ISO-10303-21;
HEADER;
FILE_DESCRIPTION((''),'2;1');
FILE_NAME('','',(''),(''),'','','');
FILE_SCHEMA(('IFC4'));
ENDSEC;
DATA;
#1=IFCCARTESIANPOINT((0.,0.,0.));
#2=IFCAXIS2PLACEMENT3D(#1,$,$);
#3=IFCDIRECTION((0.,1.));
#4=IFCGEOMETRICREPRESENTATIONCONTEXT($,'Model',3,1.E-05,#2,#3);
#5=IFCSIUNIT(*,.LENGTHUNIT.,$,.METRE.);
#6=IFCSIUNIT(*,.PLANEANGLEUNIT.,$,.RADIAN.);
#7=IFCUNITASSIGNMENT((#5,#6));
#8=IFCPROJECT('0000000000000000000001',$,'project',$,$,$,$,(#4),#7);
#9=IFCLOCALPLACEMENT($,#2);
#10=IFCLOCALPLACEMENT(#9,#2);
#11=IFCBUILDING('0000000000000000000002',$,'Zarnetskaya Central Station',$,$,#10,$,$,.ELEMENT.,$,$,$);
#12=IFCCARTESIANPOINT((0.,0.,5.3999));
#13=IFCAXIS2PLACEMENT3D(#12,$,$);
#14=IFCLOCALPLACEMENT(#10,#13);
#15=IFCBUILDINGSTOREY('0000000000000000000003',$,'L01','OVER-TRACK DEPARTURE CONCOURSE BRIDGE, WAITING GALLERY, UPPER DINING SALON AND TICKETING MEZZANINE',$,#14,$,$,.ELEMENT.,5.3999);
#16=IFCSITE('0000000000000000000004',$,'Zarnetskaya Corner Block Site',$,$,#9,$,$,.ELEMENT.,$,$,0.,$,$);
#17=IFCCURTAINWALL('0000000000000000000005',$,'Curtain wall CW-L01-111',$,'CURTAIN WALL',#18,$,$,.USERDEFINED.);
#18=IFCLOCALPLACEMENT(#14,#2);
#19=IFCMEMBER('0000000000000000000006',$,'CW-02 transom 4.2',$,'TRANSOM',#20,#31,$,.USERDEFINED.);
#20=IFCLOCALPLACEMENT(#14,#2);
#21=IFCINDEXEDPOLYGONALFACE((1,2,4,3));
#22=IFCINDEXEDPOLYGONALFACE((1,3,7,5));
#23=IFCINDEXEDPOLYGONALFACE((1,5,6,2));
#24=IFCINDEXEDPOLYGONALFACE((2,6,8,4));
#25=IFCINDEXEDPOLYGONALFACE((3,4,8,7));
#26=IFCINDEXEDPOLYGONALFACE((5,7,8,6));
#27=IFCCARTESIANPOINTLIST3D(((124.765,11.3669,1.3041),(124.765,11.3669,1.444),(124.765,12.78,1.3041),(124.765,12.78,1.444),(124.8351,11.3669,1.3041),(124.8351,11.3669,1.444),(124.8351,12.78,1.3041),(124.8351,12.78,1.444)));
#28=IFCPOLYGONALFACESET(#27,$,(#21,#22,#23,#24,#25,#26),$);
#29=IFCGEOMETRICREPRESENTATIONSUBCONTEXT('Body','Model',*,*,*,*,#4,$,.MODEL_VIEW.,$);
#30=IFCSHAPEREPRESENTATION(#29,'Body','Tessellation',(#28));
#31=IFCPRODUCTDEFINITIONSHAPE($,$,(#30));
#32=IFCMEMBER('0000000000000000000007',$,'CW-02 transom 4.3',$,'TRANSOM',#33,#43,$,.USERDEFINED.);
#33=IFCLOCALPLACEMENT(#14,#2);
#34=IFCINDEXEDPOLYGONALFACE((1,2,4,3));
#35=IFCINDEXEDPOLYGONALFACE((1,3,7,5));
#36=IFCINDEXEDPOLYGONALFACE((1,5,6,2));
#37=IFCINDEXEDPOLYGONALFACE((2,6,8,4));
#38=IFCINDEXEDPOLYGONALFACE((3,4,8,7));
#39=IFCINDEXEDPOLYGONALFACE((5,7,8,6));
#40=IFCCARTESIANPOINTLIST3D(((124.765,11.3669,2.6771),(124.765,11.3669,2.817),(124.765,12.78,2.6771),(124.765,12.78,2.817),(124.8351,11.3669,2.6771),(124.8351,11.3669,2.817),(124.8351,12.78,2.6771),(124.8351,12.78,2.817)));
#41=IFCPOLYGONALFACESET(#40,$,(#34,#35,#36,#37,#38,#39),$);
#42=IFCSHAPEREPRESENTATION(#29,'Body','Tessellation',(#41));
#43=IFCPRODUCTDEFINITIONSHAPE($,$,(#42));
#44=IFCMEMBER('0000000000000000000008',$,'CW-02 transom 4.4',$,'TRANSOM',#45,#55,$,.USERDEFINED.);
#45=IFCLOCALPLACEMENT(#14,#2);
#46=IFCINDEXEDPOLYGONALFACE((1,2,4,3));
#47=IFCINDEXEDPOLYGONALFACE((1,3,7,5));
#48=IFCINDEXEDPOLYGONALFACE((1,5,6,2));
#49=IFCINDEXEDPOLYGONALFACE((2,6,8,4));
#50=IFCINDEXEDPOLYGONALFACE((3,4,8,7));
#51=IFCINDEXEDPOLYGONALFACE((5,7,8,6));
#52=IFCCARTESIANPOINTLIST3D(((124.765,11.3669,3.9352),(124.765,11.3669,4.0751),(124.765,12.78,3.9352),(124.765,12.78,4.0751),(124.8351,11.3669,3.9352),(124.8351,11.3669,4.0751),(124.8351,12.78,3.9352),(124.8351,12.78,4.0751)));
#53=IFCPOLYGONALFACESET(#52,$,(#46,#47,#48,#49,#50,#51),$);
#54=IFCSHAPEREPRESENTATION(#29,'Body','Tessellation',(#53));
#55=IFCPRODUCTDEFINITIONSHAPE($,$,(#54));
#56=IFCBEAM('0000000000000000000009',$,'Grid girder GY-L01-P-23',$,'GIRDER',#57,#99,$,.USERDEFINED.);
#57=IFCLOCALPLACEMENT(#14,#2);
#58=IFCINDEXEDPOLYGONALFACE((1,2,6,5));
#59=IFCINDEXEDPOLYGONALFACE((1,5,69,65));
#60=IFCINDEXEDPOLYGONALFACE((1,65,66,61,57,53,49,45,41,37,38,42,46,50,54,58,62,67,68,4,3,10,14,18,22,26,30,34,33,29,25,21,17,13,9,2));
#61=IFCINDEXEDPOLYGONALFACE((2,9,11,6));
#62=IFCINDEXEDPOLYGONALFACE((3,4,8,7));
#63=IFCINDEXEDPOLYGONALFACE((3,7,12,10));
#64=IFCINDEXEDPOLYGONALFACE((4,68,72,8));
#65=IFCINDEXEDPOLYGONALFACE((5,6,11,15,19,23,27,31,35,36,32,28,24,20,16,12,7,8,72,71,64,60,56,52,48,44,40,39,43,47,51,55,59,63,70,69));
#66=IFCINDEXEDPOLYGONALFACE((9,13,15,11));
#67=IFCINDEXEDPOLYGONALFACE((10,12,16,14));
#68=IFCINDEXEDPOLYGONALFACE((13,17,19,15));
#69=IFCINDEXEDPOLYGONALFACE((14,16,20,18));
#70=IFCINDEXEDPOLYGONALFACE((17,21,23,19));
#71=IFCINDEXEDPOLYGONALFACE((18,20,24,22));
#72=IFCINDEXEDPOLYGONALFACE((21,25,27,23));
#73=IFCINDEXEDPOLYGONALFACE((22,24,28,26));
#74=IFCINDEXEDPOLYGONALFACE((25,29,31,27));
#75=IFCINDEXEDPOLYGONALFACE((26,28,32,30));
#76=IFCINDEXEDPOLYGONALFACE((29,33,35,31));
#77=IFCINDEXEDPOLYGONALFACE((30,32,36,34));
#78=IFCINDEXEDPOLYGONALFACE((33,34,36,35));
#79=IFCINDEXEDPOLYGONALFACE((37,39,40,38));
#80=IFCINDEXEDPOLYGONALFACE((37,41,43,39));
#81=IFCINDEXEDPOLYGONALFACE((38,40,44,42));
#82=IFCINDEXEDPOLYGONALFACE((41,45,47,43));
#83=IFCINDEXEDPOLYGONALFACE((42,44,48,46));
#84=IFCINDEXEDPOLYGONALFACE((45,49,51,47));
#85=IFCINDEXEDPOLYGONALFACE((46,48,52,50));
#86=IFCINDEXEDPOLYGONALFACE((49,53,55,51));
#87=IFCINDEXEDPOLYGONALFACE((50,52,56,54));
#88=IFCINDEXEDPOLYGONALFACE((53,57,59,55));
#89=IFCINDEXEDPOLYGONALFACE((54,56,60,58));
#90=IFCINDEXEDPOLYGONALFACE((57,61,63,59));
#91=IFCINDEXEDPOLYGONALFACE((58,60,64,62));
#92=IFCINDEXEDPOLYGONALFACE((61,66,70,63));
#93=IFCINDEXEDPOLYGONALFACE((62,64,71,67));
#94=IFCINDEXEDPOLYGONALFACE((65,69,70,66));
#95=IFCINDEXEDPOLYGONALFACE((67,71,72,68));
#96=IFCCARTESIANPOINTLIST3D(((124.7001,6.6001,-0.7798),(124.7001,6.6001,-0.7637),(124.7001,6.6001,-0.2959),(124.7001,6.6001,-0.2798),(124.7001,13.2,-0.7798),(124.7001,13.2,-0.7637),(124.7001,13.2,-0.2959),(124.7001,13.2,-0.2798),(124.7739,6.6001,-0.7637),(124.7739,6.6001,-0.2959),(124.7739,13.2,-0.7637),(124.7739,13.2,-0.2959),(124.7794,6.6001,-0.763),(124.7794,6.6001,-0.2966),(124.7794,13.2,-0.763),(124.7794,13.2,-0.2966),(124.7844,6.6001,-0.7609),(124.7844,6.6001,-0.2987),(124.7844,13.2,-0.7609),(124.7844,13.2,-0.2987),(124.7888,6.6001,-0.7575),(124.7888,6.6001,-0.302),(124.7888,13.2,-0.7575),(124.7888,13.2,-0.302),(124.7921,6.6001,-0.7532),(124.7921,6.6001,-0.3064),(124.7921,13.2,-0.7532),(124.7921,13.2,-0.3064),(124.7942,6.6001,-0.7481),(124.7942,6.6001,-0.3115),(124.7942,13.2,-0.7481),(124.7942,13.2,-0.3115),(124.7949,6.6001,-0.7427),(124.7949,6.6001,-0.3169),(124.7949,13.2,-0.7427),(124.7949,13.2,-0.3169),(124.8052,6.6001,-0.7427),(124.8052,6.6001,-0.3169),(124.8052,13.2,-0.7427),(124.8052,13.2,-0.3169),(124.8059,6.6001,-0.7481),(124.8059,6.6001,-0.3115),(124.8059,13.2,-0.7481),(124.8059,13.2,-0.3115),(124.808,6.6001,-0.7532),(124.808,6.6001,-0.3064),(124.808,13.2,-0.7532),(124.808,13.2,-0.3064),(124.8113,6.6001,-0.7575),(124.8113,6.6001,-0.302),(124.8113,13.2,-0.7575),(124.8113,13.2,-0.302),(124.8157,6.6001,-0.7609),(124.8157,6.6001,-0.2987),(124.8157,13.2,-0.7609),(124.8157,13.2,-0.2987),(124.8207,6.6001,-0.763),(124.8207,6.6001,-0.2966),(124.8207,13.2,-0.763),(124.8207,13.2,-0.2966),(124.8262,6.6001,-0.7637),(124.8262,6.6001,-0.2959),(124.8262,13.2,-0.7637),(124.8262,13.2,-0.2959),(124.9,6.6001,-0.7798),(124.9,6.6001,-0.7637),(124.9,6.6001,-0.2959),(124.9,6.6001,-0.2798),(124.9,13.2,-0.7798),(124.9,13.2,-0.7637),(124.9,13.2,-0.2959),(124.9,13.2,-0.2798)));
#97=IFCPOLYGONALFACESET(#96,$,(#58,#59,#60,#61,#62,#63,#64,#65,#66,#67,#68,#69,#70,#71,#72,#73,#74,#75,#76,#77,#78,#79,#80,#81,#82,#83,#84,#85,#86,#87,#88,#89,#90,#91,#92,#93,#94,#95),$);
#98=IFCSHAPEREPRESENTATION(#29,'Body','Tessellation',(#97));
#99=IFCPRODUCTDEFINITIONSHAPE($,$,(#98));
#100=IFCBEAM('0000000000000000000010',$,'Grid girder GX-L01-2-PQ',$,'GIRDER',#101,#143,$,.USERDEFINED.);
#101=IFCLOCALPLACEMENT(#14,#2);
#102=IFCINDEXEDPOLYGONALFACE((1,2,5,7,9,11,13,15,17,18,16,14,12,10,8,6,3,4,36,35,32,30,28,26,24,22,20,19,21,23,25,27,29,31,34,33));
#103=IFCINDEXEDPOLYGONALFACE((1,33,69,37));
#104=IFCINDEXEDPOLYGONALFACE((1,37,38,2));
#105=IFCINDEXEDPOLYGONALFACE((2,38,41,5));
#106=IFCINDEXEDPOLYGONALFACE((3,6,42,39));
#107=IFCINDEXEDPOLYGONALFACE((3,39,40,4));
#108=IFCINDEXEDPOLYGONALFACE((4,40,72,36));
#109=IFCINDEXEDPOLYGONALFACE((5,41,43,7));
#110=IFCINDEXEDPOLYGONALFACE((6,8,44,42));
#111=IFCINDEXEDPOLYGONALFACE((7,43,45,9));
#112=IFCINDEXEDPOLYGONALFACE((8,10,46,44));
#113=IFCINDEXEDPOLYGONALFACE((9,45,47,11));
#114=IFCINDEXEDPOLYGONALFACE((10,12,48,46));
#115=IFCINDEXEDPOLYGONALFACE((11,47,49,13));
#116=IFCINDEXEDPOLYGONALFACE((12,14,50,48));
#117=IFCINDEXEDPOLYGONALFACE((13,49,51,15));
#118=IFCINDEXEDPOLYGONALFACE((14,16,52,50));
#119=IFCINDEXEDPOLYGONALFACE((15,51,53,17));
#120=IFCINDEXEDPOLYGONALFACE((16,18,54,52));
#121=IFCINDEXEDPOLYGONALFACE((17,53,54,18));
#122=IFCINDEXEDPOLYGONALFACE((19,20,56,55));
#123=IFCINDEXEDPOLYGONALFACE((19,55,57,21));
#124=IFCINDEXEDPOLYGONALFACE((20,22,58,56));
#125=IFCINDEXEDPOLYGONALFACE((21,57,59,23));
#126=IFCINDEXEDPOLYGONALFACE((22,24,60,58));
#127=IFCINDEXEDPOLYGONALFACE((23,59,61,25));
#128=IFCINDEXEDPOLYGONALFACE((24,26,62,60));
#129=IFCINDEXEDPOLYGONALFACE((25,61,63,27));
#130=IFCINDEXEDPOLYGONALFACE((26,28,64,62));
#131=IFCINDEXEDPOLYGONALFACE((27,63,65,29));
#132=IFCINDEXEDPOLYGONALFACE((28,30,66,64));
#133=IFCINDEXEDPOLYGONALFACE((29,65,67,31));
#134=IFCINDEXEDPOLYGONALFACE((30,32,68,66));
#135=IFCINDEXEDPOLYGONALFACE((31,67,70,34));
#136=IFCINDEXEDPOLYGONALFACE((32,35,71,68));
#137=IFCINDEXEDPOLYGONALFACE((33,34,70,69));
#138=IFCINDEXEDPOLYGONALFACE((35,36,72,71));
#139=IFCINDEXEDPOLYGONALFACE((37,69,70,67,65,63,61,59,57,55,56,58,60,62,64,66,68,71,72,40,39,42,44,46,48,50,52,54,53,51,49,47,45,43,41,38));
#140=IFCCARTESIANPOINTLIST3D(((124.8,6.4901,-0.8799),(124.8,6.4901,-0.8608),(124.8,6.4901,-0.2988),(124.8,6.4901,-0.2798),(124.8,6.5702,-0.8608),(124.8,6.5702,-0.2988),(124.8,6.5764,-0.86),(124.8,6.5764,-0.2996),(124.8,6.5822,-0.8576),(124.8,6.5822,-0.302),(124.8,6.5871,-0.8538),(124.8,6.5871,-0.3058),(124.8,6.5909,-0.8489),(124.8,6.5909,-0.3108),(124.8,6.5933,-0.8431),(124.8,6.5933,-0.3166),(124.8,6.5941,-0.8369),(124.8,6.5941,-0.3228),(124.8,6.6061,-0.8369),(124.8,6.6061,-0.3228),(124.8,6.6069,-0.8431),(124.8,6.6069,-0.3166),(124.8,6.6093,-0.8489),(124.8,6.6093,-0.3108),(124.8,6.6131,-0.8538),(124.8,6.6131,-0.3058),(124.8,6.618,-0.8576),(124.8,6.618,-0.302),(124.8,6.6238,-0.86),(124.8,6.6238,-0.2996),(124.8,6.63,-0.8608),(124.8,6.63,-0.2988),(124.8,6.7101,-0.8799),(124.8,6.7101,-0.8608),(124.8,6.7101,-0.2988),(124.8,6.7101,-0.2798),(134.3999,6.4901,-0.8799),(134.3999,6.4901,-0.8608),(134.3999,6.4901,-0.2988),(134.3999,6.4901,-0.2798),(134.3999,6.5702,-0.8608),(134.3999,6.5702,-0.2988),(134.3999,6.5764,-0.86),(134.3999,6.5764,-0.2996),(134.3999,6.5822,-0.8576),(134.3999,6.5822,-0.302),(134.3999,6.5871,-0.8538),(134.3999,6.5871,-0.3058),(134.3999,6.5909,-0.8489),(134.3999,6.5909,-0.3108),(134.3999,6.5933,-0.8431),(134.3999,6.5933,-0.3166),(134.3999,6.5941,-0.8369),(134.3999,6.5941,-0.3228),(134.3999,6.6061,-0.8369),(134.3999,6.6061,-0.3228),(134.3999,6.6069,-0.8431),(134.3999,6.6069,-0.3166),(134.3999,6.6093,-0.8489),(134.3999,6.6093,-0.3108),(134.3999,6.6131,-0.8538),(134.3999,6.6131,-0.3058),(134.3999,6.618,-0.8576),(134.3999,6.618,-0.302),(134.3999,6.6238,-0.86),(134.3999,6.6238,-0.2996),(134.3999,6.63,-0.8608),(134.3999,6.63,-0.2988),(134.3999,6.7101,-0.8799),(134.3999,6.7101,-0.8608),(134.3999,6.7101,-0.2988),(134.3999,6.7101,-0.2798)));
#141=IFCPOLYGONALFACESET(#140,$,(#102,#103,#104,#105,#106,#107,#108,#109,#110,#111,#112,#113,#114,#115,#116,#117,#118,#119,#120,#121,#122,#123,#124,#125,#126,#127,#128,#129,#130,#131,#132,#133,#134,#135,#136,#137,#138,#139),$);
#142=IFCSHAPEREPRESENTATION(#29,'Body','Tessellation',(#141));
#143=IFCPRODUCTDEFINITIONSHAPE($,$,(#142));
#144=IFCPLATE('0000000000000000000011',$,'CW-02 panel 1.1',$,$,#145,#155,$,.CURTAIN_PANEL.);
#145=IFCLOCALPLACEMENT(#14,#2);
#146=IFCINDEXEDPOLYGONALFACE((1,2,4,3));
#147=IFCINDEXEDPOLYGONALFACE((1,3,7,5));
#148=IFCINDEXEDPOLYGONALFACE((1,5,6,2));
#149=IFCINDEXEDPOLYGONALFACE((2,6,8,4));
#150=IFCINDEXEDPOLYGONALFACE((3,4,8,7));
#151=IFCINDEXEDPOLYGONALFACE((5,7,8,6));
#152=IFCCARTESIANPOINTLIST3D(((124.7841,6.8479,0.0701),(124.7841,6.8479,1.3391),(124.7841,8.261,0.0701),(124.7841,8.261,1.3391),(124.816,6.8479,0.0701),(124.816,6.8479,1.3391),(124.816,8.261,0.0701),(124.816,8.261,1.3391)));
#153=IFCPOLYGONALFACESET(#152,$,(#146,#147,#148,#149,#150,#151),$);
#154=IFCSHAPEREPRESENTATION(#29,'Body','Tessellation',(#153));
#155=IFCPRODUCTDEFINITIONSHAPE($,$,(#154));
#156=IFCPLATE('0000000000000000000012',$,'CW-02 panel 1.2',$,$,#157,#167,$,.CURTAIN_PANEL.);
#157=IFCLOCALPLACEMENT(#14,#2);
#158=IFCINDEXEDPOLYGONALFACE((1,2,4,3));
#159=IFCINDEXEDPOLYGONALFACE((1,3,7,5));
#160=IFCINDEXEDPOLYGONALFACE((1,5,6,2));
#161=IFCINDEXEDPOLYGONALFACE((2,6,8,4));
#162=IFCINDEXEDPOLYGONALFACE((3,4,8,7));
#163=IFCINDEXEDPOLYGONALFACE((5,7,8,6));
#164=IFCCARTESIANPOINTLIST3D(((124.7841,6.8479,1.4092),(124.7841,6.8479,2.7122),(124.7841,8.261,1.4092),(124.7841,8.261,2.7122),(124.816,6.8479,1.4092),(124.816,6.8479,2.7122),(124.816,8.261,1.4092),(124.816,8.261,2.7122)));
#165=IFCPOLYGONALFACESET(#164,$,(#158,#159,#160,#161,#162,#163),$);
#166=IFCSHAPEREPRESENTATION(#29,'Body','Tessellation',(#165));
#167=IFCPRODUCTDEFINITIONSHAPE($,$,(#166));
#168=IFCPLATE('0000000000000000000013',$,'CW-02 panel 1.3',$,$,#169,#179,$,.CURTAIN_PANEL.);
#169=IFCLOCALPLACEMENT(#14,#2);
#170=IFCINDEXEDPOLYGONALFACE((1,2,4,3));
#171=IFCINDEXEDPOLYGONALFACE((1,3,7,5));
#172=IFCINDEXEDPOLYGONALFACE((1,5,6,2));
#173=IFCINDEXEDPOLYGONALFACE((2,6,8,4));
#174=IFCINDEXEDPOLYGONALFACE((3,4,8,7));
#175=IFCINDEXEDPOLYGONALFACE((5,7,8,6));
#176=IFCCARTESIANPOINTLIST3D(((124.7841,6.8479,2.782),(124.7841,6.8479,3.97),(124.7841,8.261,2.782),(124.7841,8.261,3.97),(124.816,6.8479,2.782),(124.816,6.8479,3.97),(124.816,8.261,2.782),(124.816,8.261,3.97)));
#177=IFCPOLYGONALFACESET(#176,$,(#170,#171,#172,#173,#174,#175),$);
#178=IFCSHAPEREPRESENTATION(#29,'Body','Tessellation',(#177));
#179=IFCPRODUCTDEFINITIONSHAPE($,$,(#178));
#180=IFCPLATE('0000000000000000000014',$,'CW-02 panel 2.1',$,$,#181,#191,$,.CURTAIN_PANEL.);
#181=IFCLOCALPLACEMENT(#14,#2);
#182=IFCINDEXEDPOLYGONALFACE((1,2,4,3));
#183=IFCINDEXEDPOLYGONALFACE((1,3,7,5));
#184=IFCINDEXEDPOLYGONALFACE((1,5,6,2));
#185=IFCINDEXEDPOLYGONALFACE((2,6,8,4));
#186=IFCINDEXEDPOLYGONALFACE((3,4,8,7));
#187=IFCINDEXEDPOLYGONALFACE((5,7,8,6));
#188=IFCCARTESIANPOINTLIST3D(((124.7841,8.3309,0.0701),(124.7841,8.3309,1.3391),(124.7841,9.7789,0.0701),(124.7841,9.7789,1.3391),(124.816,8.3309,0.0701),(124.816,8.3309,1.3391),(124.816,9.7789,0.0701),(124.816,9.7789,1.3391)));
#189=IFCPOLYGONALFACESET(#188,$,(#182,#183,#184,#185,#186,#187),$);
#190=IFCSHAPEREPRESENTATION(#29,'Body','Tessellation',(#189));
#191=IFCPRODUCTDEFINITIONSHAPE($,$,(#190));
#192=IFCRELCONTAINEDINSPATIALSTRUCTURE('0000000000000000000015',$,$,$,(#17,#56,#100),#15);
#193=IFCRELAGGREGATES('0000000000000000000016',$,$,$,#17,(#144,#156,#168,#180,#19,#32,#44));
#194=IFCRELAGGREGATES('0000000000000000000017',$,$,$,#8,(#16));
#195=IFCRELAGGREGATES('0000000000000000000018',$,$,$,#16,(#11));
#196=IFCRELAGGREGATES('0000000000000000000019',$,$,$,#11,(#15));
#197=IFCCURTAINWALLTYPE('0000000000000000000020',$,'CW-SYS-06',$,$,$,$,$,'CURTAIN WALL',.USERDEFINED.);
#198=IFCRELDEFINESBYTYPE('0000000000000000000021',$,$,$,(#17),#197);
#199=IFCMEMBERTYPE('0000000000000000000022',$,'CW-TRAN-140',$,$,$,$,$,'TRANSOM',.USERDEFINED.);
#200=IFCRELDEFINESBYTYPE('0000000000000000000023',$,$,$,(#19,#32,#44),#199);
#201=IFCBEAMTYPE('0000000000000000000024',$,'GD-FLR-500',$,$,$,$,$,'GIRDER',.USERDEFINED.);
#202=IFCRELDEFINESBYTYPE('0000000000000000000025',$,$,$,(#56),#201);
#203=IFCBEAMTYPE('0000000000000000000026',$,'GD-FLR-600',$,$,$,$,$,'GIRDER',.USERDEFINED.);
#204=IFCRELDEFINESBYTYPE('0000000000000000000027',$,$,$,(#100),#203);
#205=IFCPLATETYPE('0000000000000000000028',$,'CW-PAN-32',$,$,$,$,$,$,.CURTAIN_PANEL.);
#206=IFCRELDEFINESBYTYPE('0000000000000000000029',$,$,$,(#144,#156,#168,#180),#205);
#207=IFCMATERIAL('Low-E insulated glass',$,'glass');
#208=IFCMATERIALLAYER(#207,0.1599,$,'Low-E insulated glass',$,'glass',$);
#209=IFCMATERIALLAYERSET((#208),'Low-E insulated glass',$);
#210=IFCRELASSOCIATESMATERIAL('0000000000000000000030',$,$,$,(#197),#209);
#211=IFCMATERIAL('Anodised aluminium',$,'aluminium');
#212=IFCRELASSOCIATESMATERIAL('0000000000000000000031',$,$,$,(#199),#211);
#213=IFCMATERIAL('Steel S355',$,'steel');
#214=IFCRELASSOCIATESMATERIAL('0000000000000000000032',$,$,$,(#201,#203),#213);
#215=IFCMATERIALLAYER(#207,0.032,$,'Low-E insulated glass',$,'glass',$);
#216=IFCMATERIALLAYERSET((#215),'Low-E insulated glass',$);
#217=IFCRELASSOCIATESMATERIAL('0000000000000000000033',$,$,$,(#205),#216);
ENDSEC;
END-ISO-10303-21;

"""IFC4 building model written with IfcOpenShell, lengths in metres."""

from ifc_helpers import new_model, si_unit, direction, frame, origin, origin_2d, place, context, subcontext, project, spatial, rectangle, i_section, extrude, material, layer, layer_set, material_profile, profile_set, type_object, element, aggregate, save


model = new_model("IFC4")

# Units and contexts
model_context = context("Model", 3, precision=1e-05, world=origin(), true_north=direction((0.0, 1.0)))
body_context = subcontext(model_context, "Body", "Model", "MODEL_VIEW")
ifc_project = project(units=[si_unit("LENGTHUNIT", "METRE"), si_unit("PLANEANGLEUNIT", "RADIAN")], contexts=[model_context])

# Site, building, storey
site_placement = place(None, origin())
site = spatial("IfcSite", under=ifc_project, at=site_placement, Name="Zarnetskaya Corner Block Site", CompositionType="ELEMENT", RefElevation=0.0)
building_placement = place(site_placement, origin())
building = spatial("IfcBuilding", under=site, at=building_placement, Name="Zarnetskaya Central Station", CompositionType="ELEMENT")
storey_placement = place(building_placement, frame((0.0, 0.0, 5.3999)))
storey = spatial("IfcBuildingStorey", under=building, at=storey_placement, Name="L01", Description="OVER-TRACK DEPARTURE CONCOURSE BRIDGE, WAITING GALLERY, UPPER DINING SALON AND TICKETING MEZZANINE", CompositionType="ELEMENT", Elevation=5.3999)

# Shared definitions
ifc_material_1 = material(Name="Steel S355", Category="steel")

# Curtain wall, members
ifc_material_2 = material(Name="Low-E insulated glass", Category="glass")
ifc_layer_1 = layer(ifc_material_2, 0.1599, Name="Low-E insulated glass", Category="glass")
ifc_layer_set_1 = layer_set([ifc_layer_1], Name="Low-E insulated glass")
curtain_wall_type = type_object("IfcCurtainWallType", Name="CW-SYS-06", ElementType="CURTAIN WALL", PredefinedType="USERDEFINED", material=ifc_layer_set_1)
curtain_wall_placement = place(storey_placement, origin())
curtain_wall = element("IfcCurtainWall", 1, at=curtain_wall_placement, inside=storey, type_object=curtain_wall_type, Name="Curtain wall CW-L01-111", ObjectType="CURTAIN WALL", PredefinedType="USERDEFINED")
ifc_material_3 = material(Name="Anodised aluminium", Category="aluminium")
ifc_material_profile_1 = material_profile(ifc_material_3, rectangle(XDim=0.0701, YDim=0.1399, at=origin_2d()), Name="ALU TRAN 70x140")
ifc_profile_set_1 = profile_set([ifc_material_profile_1], Name="Anodised aluminium")
member_type_1 = type_object("IfcMemberType", Name="CW-TRAN-140", ElementType="TRANSOM", PredefinedType="USERDEFINED", material=ifc_profile_set_1)
member_1_placement = place(storey_placement, frame((124.8, 11.3669, 1.374), z_axis=(0.0, 1.0, 0.0), x_axis=(-1.0, 0.0, 0.0)))
member_1 = element("IfcMember", 2, at=member_1_placement, type_object=member_type_1, Name="CW-02 transom 4.2", ObjectType="TRANSOM", PredefinedType="USERDEFINED", context=body_context, shape_type="SweptSolid", body=[
    extrude(rectangle(XDim=0.0701, YDim=0.1399, at=origin_2d()), origin(), (0.0, 0.0, 1.0), 1.4131),
])
member_2_placement = place(storey_placement, frame((124.8, 11.3669, 2.7471), z_axis=(0.0, 1.0, 0.0), x_axis=(-1.0, 0.0, 0.0)))
member_2 = element("IfcMember", 3, at=member_2_placement, type_object=member_type_1, Name="CW-02 transom 4.3", ObjectType="TRANSOM", PredefinedType="USERDEFINED", context=body_context, shape_type="SweptSolid", body=[
    extrude(rectangle(XDim=0.0701, YDim=0.1399, at=origin_2d()), origin(), (0.0, 0.0, 1.0), 1.4131),
])
member_3_placement = place(storey_placement, frame((124.8, 11.3669, 4.0051), z_axis=(0.0, 1.0, 0.0), x_axis=(-1.0, 0.0, 0.0)))
member_3 = element("IfcMember", 4, at=member_3_placement, type_object=member_type_1, Name="CW-02 transom 4.4", ObjectType="TRANSOM", PredefinedType="USERDEFINED", context=body_context, shape_type="SweptSolid", body=[
    extrude(rectangle(XDim=0.0701, YDim=0.1399, at=origin_2d()), origin(), (0.0, 0.0, 1.0), 1.4131),
])

# Beams
ifc_material_profile_2 = material_profile(ifc_material_1, i_section(OverallWidth=0.2, OverallDepth=0.5, WebThickness=0.0103, FlangeThickness=0.0161, FilletRadius=0.021, at=origin_2d()), Name="IPE 500")
ifc_profile_set_2 = profile_set([ifc_material_profile_2], Name="Steel S355")
beam_type_1 = type_object("IfcBeamType", Name="GD-FLR-500", ElementType="GIRDER", PredefinedType="USERDEFINED", material=ifc_profile_set_2)
beam_1_placement = place(storey_placement, frame((124.8, 6.6001, -0.5298), z_axis=(0.0, 1.0, 0.0), x_axis=(-1.0, 0.0, 0.0)))
element("IfcBeam", 5, at=beam_1_placement, inside=storey, type_object=beam_type_1, Name="Grid girder GY-L01-P-23", ObjectType="GIRDER", PredefinedType="USERDEFINED", context=body_context, shape_type="SweptSolid", body=[
    extrude(i_section(OverallWidth=0.2, OverallDepth=0.5, WebThickness=0.0103, FlangeThickness=0.0161, FilletRadius=0.021, at=origin_2d()), origin(), (0.0, 0.0, 1.0), 6.5999),
])
ifc_material_profile_3 = material_profile(ifc_material_1, i_section(OverallWidth=0.22, OverallDepth=0.6001, WebThickness=0.012, FlangeThickness=0.019, FilletRadius=0.0239, at=origin_2d()), Name="IPE 600")
ifc_profile_set_3 = profile_set([ifc_material_profile_3], Name="Steel S355")
beam_type_2 = type_object("IfcBeamType", Name="GD-FLR-600", ElementType="GIRDER", PredefinedType="USERDEFINED", material=ifc_profile_set_3)
beam_2_placement = place(storey_placement, frame((124.8, 6.6001, -0.5798), z_axis=(1.0, 0.0, 0.0), x_axis=(0.0, 1.0, 0.0)))
element("IfcBeam", 6, at=beam_2_placement, inside=storey, type_object=beam_type_2, Name="Grid girder GX-L01-2-PQ", ObjectType="GIRDER", PredefinedType="USERDEFINED", context=body_context, shape_type="SweptSolid", body=[
    extrude(i_section(OverallWidth=0.22, OverallDepth=0.6001, WebThickness=0.012, FlangeThickness=0.019, FilletRadius=0.0239, at=origin_2d()), origin(), (0.0, 0.0, 1.0), 9.5999),
])

# Plates
ifc_layer_2 = layer(ifc_material_2, 0.032, Name="Low-E insulated glass", Category="glass")
ifc_layer_set_2 = layer_set([ifc_layer_2], Name="Low-E insulated glass")
plate_type = type_object("IfcPlateType", Name="CW-PAN-32", PredefinedType="CURTAIN_PANEL", material=ifc_layer_set_2)
plate_1_placement = place(storey_placement, frame((124.8, 7.5544, 0.0701), z_axis=(0.0, 0.0, 1.0), x_axis=(0.0, 1.0, 0.0)))
plate_1 = element("IfcPlate", 7, at=plate_1_placement, type_object=plate_type, Name="CW-02 panel 1.1", PredefinedType="CURTAIN_PANEL", context=body_context, shape_type="SweptSolid", body=[
    extrude(rectangle(XDim=1.4131, YDim=0.032, at=origin_2d()), origin(), (0.0, 0.0, 1.0), 1.269),
])
plate_2_placement = place(storey_placement, frame((124.8, 7.5544, 1.4092), z_axis=(0.0, 0.0, 1.0), x_axis=(0.0, 1.0, 0.0)))
plate_2 = element("IfcPlate", 8, at=plate_2_placement, type_object=plate_type, Name="CW-02 panel 1.2", PredefinedType="CURTAIN_PANEL", context=body_context, shape_type="SweptSolid", body=[
    extrude(rectangle(XDim=1.4131, YDim=0.032, at=origin_2d()), origin(), (0.0, 0.0, 1.0), 1.303),
])
plate_3_placement = place(storey_placement, frame((124.8, 7.5544, 2.782), z_axis=(0.0, 0.0, 1.0), x_axis=(0.0, 1.0, 0.0)))
plate_3 = element("IfcPlate", 9, at=plate_3_placement, type_object=plate_type, Name="CW-02 panel 1.3", PredefinedType="CURTAIN_PANEL", context=body_context, shape_type="SweptSolid", body=[
    extrude(rectangle(XDim=1.4131, YDim=0.032, at=origin_2d()), origin(), (0.0, 0.0, 1.0), 1.188),
])
plate_4_placement = place(storey_placement, frame((124.8, 9.0549, 0.0701), z_axis=(0.0, 0.0, 1.0), x_axis=(0.0, 1.0, 0.0)))
plate_4 = element("IfcPlate", 10, at=plate_4_placement, type_object=plate_type, Name="CW-02 panel 2.1", PredefinedType="CURTAIN_PANEL", context=body_context, shape_type="SweptSolid", body=[
    extrude(rectangle(XDim=1.448, YDim=0.032, at=origin_2d()), origin(), (0.0, 0.0, 1.0), 1.269),
])
aggregate(curtain_wall, [plate_1, plate_2, plate_3, plate_4, member_1, member_2, member_3])

save(model, "model.ifc")
